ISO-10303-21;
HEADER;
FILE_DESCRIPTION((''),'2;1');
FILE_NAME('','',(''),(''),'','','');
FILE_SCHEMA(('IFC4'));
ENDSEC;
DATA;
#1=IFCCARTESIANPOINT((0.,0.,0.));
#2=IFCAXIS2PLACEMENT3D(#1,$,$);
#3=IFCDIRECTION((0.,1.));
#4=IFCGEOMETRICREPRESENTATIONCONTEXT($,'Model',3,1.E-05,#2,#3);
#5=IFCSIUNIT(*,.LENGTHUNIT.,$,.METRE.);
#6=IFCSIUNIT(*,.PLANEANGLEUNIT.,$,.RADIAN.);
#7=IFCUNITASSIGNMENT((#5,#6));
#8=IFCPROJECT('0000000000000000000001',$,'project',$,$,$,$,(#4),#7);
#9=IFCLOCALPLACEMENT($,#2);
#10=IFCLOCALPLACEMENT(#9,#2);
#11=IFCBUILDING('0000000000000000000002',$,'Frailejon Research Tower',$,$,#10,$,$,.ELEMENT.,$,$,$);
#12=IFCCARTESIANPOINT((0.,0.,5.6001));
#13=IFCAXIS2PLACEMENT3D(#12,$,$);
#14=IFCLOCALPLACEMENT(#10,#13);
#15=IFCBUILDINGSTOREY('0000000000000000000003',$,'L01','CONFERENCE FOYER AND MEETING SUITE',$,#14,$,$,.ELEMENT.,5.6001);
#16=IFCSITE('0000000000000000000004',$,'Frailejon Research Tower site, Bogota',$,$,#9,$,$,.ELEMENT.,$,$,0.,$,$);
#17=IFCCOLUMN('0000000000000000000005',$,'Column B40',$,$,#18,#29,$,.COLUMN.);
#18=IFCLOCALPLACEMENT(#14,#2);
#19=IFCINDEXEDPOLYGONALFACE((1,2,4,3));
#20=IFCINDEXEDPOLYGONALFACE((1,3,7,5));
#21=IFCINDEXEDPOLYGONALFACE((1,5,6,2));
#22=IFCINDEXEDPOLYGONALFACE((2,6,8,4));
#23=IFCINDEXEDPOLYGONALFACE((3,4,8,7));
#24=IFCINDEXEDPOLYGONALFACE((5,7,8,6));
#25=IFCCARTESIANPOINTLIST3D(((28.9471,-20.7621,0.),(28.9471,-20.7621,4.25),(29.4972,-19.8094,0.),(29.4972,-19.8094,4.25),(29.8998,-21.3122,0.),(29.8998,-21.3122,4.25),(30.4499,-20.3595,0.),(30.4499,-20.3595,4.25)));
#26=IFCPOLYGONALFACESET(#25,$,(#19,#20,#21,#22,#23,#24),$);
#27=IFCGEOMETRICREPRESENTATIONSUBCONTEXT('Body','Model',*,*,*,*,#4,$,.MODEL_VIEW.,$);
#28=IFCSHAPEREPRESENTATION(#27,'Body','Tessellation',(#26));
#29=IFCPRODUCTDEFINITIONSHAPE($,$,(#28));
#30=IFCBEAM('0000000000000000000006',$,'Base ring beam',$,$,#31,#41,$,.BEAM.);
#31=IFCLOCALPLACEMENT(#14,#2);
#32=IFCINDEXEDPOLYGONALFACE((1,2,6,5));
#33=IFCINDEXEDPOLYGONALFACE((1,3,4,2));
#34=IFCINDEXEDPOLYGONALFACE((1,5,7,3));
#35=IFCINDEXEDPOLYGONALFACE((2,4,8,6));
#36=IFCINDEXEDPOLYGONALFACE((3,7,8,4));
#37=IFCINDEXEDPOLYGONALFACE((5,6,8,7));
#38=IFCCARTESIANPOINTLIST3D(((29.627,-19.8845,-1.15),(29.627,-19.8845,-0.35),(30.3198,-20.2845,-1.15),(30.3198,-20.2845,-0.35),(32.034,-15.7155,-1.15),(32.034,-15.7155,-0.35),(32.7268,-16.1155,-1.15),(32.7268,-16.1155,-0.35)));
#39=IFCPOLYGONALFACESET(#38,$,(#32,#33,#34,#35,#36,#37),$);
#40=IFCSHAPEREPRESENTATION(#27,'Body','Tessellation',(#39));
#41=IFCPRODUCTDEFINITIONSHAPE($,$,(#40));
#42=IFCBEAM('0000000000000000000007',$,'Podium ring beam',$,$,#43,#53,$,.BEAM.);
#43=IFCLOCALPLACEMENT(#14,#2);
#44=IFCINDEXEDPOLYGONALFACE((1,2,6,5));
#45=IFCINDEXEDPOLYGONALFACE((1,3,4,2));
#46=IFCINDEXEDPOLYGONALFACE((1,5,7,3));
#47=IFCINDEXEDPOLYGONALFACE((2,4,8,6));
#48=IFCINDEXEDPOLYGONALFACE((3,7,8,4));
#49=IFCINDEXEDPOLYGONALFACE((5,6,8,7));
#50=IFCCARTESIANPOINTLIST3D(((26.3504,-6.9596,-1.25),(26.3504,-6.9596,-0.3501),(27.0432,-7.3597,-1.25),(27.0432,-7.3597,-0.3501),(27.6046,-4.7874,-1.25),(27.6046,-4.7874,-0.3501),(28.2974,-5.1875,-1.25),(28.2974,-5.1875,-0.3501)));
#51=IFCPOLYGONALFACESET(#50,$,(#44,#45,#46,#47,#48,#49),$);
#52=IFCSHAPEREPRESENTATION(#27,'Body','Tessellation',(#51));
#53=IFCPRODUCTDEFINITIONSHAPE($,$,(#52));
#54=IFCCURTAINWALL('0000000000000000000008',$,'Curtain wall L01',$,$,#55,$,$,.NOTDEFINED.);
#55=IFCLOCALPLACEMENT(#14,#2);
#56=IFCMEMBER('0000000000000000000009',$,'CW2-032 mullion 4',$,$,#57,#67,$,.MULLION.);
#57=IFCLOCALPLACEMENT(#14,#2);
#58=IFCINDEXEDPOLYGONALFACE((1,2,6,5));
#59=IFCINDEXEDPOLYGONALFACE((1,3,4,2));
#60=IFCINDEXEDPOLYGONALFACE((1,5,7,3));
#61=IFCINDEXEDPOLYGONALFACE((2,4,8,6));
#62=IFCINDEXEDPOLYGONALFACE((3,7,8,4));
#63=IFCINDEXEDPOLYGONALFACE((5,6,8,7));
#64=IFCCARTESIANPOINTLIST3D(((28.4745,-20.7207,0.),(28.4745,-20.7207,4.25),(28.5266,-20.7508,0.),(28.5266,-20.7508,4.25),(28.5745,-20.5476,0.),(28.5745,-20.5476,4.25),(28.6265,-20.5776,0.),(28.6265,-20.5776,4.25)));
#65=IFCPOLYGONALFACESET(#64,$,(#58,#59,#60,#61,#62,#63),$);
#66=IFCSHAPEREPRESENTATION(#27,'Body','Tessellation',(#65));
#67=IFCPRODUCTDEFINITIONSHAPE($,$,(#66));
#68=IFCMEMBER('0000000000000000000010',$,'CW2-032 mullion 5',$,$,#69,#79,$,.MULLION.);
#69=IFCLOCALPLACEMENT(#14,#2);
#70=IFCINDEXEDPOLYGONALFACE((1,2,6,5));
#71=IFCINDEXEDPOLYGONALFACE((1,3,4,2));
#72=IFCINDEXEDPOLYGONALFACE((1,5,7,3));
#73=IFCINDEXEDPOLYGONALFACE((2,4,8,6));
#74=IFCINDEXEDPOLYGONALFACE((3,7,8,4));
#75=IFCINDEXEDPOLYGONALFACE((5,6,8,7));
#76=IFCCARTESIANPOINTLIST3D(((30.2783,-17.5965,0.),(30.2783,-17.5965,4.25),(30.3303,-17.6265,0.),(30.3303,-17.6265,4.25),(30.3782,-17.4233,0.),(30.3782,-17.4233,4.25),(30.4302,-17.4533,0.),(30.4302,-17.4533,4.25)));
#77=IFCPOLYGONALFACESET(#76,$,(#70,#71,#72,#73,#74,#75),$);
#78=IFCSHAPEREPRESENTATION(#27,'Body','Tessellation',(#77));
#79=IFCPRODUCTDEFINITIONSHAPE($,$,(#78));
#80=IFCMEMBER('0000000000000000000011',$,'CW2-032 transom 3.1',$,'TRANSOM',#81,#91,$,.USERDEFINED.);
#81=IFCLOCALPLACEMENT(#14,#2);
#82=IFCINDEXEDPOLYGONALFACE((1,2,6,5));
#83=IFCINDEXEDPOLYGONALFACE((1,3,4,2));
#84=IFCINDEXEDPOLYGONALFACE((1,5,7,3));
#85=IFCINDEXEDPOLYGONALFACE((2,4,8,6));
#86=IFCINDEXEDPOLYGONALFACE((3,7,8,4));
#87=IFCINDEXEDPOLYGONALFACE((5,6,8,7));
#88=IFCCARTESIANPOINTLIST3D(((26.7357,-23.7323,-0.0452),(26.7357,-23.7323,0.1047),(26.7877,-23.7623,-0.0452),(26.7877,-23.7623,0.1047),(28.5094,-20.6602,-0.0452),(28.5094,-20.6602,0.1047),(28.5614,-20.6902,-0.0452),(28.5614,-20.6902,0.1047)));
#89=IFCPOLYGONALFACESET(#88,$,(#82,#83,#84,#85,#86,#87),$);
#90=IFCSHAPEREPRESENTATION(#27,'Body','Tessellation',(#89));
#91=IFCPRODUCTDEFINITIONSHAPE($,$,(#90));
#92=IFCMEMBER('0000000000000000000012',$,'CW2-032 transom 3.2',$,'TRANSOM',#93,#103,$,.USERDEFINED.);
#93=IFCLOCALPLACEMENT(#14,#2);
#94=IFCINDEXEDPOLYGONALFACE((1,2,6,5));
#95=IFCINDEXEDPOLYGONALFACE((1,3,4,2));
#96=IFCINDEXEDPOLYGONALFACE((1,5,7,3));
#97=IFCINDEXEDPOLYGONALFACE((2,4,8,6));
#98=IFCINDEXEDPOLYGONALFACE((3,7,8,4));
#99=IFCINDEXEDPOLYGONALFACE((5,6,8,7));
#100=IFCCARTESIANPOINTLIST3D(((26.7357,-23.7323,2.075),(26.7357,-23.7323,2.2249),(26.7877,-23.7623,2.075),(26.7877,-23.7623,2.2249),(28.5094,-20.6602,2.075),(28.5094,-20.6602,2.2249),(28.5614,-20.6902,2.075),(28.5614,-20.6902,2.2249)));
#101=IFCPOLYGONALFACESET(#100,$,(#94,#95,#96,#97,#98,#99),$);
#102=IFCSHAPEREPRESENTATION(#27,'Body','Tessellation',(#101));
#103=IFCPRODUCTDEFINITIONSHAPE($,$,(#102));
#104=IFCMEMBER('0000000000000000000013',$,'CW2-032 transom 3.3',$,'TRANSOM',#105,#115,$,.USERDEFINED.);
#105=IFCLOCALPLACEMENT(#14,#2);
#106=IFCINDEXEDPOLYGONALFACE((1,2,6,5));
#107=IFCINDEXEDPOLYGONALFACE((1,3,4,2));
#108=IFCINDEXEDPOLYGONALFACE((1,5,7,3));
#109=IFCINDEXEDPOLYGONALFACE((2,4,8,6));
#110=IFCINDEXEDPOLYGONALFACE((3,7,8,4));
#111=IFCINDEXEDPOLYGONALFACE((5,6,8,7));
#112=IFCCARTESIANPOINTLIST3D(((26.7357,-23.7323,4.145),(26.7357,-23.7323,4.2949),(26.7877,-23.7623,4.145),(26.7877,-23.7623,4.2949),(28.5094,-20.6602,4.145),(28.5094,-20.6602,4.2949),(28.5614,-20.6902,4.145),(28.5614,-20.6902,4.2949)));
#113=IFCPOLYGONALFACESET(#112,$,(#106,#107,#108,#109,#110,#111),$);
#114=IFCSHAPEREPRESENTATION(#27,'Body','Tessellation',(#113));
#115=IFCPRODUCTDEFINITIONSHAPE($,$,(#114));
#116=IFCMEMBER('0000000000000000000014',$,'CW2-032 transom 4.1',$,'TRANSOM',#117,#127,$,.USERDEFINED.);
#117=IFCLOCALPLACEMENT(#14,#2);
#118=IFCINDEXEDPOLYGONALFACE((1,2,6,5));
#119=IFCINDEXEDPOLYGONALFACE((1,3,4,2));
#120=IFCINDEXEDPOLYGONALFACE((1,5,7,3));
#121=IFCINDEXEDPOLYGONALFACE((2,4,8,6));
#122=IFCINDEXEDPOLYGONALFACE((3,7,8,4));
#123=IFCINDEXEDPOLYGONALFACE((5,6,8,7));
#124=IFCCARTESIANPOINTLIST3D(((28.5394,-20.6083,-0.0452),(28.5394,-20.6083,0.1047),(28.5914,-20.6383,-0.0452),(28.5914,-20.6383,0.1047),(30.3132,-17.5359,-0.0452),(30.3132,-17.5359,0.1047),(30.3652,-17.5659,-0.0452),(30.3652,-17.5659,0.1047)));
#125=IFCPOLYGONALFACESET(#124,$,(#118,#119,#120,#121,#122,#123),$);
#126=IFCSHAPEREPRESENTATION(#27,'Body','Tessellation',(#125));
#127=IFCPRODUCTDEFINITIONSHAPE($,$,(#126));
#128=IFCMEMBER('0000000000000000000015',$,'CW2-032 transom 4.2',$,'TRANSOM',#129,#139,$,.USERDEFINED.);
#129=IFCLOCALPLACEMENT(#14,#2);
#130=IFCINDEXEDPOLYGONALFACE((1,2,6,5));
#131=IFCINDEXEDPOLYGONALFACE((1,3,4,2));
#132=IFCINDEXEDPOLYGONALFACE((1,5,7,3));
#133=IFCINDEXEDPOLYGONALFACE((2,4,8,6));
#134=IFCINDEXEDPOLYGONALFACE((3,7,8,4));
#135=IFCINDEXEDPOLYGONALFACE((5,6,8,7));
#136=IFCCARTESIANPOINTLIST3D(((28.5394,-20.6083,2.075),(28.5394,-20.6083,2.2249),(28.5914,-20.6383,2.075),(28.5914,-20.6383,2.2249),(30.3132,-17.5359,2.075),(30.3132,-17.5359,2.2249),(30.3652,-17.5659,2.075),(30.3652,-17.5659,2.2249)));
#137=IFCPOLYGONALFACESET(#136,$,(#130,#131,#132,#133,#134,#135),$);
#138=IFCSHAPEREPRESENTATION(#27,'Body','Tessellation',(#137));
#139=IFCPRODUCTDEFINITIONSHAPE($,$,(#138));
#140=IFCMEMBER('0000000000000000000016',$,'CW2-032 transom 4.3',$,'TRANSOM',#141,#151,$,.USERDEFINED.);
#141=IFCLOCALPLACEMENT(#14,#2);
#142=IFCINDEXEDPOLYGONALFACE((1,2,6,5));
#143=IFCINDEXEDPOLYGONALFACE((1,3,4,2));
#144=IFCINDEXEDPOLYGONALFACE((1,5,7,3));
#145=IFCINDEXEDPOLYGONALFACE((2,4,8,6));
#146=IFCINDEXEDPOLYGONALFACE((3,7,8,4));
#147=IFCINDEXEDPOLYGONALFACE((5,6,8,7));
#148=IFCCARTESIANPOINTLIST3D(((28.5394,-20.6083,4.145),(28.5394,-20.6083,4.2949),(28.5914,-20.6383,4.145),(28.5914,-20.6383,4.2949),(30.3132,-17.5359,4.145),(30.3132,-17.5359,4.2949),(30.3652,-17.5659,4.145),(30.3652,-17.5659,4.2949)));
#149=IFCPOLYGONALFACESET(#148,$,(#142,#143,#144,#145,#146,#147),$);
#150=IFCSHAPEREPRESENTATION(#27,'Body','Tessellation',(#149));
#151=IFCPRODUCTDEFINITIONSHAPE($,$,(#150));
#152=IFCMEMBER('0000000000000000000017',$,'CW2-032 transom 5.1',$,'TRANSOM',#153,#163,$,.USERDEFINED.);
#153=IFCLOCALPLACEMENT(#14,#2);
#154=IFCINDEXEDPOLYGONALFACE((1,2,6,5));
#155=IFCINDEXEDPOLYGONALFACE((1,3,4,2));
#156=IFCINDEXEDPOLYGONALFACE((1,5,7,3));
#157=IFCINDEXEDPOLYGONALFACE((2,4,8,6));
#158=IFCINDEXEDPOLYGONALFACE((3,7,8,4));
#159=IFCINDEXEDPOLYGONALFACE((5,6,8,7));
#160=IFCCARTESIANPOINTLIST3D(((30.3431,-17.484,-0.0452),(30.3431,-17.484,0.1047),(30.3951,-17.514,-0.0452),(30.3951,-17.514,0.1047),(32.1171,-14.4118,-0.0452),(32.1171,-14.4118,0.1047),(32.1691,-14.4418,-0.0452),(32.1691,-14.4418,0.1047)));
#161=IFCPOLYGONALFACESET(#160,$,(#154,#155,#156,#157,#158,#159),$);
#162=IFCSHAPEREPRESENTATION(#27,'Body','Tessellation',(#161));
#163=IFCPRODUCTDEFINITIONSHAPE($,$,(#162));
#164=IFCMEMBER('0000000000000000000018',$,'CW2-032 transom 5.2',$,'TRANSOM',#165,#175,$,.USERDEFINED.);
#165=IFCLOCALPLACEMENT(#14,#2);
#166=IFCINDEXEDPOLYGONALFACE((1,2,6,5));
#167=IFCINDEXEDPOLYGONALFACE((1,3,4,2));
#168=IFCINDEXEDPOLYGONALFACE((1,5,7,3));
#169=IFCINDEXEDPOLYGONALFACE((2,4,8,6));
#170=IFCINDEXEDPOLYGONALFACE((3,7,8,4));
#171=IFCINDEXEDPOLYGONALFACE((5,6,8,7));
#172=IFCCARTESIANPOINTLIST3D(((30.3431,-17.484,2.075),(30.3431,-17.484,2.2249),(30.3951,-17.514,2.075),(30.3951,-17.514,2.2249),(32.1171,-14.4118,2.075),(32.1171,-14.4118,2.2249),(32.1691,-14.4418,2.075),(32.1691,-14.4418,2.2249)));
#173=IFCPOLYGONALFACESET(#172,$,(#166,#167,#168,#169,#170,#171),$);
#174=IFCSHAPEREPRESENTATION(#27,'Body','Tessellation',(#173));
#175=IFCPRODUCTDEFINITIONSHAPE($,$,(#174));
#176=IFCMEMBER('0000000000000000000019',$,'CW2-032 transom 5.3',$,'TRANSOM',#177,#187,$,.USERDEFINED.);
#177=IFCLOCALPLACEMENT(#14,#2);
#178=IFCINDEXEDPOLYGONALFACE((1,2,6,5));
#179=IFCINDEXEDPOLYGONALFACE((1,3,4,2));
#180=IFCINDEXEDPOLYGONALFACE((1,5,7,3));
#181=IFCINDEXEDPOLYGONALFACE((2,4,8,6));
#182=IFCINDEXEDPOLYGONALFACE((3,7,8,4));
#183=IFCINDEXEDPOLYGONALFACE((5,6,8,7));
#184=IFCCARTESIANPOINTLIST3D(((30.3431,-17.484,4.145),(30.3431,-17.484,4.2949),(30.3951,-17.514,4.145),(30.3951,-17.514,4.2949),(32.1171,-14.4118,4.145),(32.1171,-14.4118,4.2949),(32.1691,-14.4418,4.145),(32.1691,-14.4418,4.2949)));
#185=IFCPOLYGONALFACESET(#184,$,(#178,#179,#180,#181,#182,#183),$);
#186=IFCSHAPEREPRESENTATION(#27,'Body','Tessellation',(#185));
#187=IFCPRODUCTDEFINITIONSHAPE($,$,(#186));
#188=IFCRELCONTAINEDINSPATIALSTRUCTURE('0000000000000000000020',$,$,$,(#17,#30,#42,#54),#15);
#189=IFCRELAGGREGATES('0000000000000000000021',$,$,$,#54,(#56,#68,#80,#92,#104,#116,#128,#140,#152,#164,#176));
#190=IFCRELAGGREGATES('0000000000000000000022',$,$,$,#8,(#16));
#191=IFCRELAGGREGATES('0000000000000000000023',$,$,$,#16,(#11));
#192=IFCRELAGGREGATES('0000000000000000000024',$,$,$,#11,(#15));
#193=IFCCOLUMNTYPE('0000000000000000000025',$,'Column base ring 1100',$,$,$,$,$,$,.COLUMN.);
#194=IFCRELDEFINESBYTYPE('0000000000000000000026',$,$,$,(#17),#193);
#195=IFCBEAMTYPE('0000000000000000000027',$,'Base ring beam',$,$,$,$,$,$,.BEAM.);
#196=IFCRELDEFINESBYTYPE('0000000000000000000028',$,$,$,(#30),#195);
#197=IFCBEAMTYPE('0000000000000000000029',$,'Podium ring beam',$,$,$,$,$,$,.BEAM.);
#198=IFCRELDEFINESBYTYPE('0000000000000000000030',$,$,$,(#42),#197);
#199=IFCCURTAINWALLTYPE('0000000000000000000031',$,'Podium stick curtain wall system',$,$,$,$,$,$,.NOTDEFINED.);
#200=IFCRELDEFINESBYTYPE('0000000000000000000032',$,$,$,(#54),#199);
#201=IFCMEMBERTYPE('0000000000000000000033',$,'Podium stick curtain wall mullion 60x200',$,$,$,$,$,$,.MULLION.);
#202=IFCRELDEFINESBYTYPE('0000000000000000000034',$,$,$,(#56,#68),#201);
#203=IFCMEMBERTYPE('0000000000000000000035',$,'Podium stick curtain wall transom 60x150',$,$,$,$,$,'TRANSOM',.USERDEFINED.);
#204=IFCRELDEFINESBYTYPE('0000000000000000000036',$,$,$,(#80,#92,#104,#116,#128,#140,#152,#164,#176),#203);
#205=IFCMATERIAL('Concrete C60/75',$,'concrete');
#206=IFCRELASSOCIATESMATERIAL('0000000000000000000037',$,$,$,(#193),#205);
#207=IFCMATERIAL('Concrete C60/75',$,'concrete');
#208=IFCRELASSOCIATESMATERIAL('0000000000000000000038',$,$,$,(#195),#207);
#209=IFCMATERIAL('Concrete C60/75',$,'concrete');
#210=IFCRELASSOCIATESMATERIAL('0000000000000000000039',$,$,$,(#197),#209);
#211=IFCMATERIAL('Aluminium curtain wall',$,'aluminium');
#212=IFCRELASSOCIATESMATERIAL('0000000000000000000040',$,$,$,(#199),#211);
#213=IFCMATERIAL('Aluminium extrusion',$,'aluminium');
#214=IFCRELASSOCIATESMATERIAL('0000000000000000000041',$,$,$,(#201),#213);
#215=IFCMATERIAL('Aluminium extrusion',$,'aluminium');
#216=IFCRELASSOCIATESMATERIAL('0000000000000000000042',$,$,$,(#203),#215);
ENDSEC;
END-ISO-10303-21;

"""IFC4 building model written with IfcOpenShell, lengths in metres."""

from ifc_helpers import new_model, si_unit, direction, frame, origin, origin_2d, place, context, subcontext, project, spatial, rectangle, extrude, material, material_profile, profile_set, type_object, element, aggregate, save


model = new_model("IFC4")

# Units and contexts
model_context = context("Model", 3, precision=1e-05, world=origin(), true_north=direction((0.0, 1.0)))
body_context = subcontext(model_context, "Body", "Model", "MODEL_VIEW")
ifc_project = project(units=[si_unit("LENGTHUNIT", "METRE"), si_unit("PLANEANGLEUNIT", "RADIAN")], contexts=[model_context])

# Site, building, storey
site_placement = place(None, origin())
site = spatial("IfcSite", under=ifc_project, at=site_placement, Name="Frailejon Research Tower site, Bogota", CompositionType="ELEMENT", RefElevation=0.0)
building_placement = place(site_placement, origin())
building = spatial("IfcBuilding", under=site, at=building_placement, Name="Frailejon Research Tower", CompositionType="ELEMENT")
storey_placement = place(building_placement, frame((0.0, 0.0, 5.6001)))
storey = spatial("IfcBuildingStorey", under=building, at=storey_placement, Name="L01", Description="CONFERENCE FOYER AND MEETING SUITE", CompositionType="ELEMENT", Elevation=5.6001)

# Column
ifc_material_1 = material(Name="Concrete C60/75", Category="concrete")
ifc_material_profile_1 = material_profile(ifc_material_1, rectangle(XDim=1.1001, YDim=1.1001, at=origin_2d()), Name="Column base ring 1100")
ifc_profile_set_1 = profile_set([ifc_material_profile_1], Name="Concrete C60/75")
column_type = type_object("IfcColumnType", Name="Column base ring 1100", PredefinedType="COLUMN", material=ifc_profile_set_1)
column_placement = place(storey_placement, frame((29.6985, -20.5608, 0.0), z_axis=(0.0, 0.0, 1.0), x_axis=(0.5, 0.866025, 0.0)))
element("IfcColumn", 1, at=column_placement, inside=storey, type_object=column_type, Name="Column B40", PredefinedType="COLUMN", context=body_context, shape_type="SweptSolid", body=[
    extrude(rectangle(XDim=1.1001, YDim=1.1001, at=origin_2d()), origin(), (0.0, 0.0, 1.0), 4.25),
])

# Beams
ifc_material_2 = material(Name="Concrete C60/75", Category="concrete")
ifc_material_profile_2 = material_profile(ifc_material_2, rectangle(XDim=0.8, YDim=0.8, at=origin_2d()), Name="Base ring beam")
ifc_profile_set_2 = profile_set([ifc_material_profile_2], Name="Concrete C60/75")
beam_type_1 = type_object("IfcBeamType", Name="Base ring beam", PredefinedType="BEAM", material=ifc_profile_set_2)
beam_1_placement = place(storey_placement, frame((29.9734, -20.0845, -0.75), z_axis=(0.500006, 0.866022, 0.0), x_axis=(-0.866022, 0.500006, 0.0)))
element("IfcBeam", 2, at=beam_1_placement, inside=storey, type_object=beam_type_1, Name="Base ring beam", PredefinedType="BEAM", context=body_context, shape_type="SweptSolid", body=[
    extrude(rectangle(XDim=0.8, YDim=0.8, at=origin_2d()), origin(), (0.0, 0.0, 1.0), 4.814),
])
ifc_material_3 = material(Name="Concrete C60/75", Category="concrete")
ifc_material_profile_3 = material_profile(ifc_material_3, rectangle(XDim=0.8, YDim=0.8999, at=origin_2d()), Name="Podium ring beam")
ifc_profile_set_3 = profile_set([ifc_material_profile_3], Name="Concrete C60/75")
beam_type_2 = type_object("IfcBeamType", Name="Podium ring beam", PredefinedType="BEAM", material=ifc_profile_set_3)
beam_2_placement = place(storey_placement, frame((26.6968, -7.1597, -0.8), z_axis=(0.500023, 0.866012, 0.0), x_axis=(-0.866012, 0.500023, 0.0)))
element("IfcBeam", 3, at=beam_2_placement, inside=storey, type_object=beam_type_2, Name="Podium ring beam", PredefinedType="BEAM", context=body_context, shape_type="SweptSolid", body=[
    extrude(rectangle(XDim=0.8, YDim=0.8999, at=origin_2d()), origin(), (0.0, 0.0, 1.0), 2.5083),
])

# Curtain wall, members
ifc_material_4 = material(Name="Aluminium curtain wall", Category="aluminium")
curtain_wall_type = type_object("IfcCurtainWallType", Name="Podium stick curtain wall system", PredefinedType="NOTDEFINED", material=ifc_material_4)
curtain_wall_placement = place(storey_placement, origin())
curtain_wall = element("IfcCurtainWall", 4, at=curtain_wall_placement, inside=storey, type_object=curtain_wall_type, Name="Curtain wall L01", PredefinedType="NOTDEFINED")
ifc_material_5 = material(Name="Aluminium extrusion", Category="aluminium")
ifc_material_profile_4 = material_profile(ifc_material_5, rectangle(XDim=0.0601, YDim=0.2, at=origin_2d()), Name="Podium stick curtain wall mullion 60x200")
ifc_profile_set_4 = profile_set([ifc_material_profile_4], Name="Aluminium extrusion")
member_type_1 = type_object("IfcMemberType", Name="Podium stick curtain wall mullion 60x200", PredefinedType="MULLION", material=ifc_profile_set_4)
member_1_placement = place(storey_placement, frame((28.5505, -20.6492, 0.0), z_axis=(0.0, 0.0, 1.0), x_axis=(-0.866026, 0.499998, 0.0)))
member_1 = element("IfcMember", 5, at=member_1_placement, type_object=member_type_1, Name="CW2-032 mullion 4", PredefinedType="MULLION", context=body_context, shape_type="SweptSolid", body=[
    extrude(rectangle(XDim=0.0601, YDim=0.2, at=origin_2d()), origin(), (0.0, 0.0, 1.0), 4.25),
])
member_2_placement = place(storey_placement, frame((30.3542, -17.5249, 0.0), z_axis=(0.0, 0.0, 1.0), x_axis=(-0.866026, 0.499998, 0.0)))
member_2 = element("IfcMember", 6, at=member_2_placement, type_object=member_type_1, Name="CW2-032 mullion 5", PredefinedType="MULLION", context=body_context, shape_type="SweptSolid", body=[
    extrude(rectangle(XDim=0.0601, YDim=0.2, at=origin_2d()), origin(), (0.0, 0.0, 1.0), 4.25),
])
ifc_material_6 = material(Name="Aluminium extrusion", Category="aluminium")
ifc_material_profile_5 = material_profile(ifc_material_6, rectangle(XDim=0.0601, YDim=0.1499, at=origin_2d()), Name="Podium stick curtain wall transom 60x150")
ifc_profile_set_5 = profile_set([ifc_material_profile_5], Name="Aluminium extrusion")
member_type_2 = type_object("IfcMemberType", Name="Podium stick curtain wall transom 60x150", ElementType="TRANSOM", PredefinedType="USERDEFINED", material=ifc_profile_set_5)
member_3_placement = place(storey_placement, frame((26.7617, -23.7473, 0.0298), z_axis=(0.50001, 0.866019, 0.0), x_axis=(-0.866019, 0.50001, 0.0)))
member_3 = element("IfcMember", 7, at=member_3_placement, type_object=member_type_2, Name="CW2-032 transom 3.1", ObjectType="TRANSOM", PredefinedType="USERDEFINED", context=body_context, shape_type="SweptSolid", body=[
    extrude(rectangle(XDim=0.0601, YDim=0.1499, at=origin_2d()), origin(), (0.0, 0.0, 1.0), 3.5474),
])
member_4_placement = place(storey_placement, frame((26.7617, -23.7473, 2.1499), z_axis=(0.50001, 0.866019, 0.0), x_axis=(-0.866019, 0.50001, 0.0)))
member_4 = element("IfcMember", 8, at=member_4_placement, type_object=member_type_2, Name="CW2-032 transom 3.2", ObjectType="TRANSOM", PredefinedType="USERDEFINED", context=body_context, shape_type="SweptSolid", body=[
    extrude(rectangle(XDim=0.0601, YDim=0.1499, at=origin_2d()), origin(), (0.0, 0.0, 1.0), 3.5474),
])
member_5_placement = place(storey_placement, frame((26.7617, -23.7473, 4.22), z_axis=(0.50001, 0.866019, 0.0), x_axis=(-0.866019, 0.50001, 0.0)))
member_5 = element("IfcMember", 9, at=member_5_placement, type_object=member_type_2, Name="CW2-032 transom 3.3", ObjectType="TRANSOM", PredefinedType="USERDEFINED", context=body_context, shape_type="SweptSolid", body=[
    extrude(rectangle(XDim=0.0601, YDim=0.1499, at=origin_2d()), origin(), (0.0, 0.0, 1.0), 3.5474),
])
member_6_placement = place(storey_placement, frame((28.5654, -20.6233, 0.0298), z_axis=(0.499981, 0.866037, 0.0), x_axis=(-0.866037, 0.499981, 0.0)))
member_6 = element("IfcMember", 10, at=member_6_placement, type_object=member_type_2, Name="CW2-032 transom 4.1", ObjectType="TRANSOM", PredefinedType="USERDEFINED", context=body_context, shape_type="SweptSolid", body=[
    extrude(rectangle(XDim=0.0601, YDim=0.1499, at=origin_2d()), origin(), (0.0, 0.0, 1.0), 3.5476),
])
member_7_placement = place(storey_placement, frame((28.5654, -20.6233, 2.1499), z_axis=(0.499981, 0.866037, 0.0), x_axis=(-0.866037, 0.499981, 0.0)))
member_7 = element("IfcMember", 11, at=member_7_placement, type_object=member_type_2, Name="CW2-032 transom 4.2", ObjectType="TRANSOM", PredefinedType="USERDEFINED", context=body_context, shape_type="SweptSolid", body=[
    extrude(rectangle(XDim=0.0601, YDim=0.1499, at=origin_2d()), origin(), (0.0, 0.0, 1.0), 3.5476),
])
member_8_placement = place(storey_placement, frame((28.5654, -20.6233, 4.22), z_axis=(0.499981, 0.866037, 0.0), x_axis=(-0.866037, 0.499981, 0.0)))
member_8 = element("IfcMember", 12, at=member_8_placement, type_object=member_type_2, Name="CW2-032 transom 4.3", ObjectType="TRANSOM", PredefinedType="USERDEFINED", context=body_context, shape_type="SweptSolid", body=[
    extrude(rectangle(XDim=0.0601, YDim=0.1499, at=origin_2d()), origin(), (0.0, 0.0, 1.0), 3.5476),
])
member_9_placement = place(storey_placement, frame((30.3691, -17.499, 0.0298), z_axis=(0.500032, 0.866007, 0.0), x_axis=(-0.866007, 0.500032, 0.0)))
member_9 = element("IfcMember", 13, at=member_9_placement, type_object=member_type_2, Name="CW2-032 transom 5.1", ObjectType="TRANSOM", PredefinedType="USERDEFINED", context=body_context, shape_type="SweptSolid", body=[
    extrude(rectangle(XDim=0.0601, YDim=0.1499, at=origin_2d()), origin(), (0.0, 0.0, 1.0), 3.5476),
])
member_10_placement = place(storey_placement, frame((30.3691, -17.499, 2.1499), z_axis=(0.500032, 0.866007, 0.0), x_axis=(-0.866007, 0.500032, 0.0)))
member_10 = element("IfcMember", 14, at=member_10_placement, type_object=member_type_2, Name="CW2-032 transom 5.2", ObjectType="TRANSOM", PredefinedType="USERDEFINED", context=body_context, shape_type="SweptSolid", body=[
    extrude(rectangle(XDim=0.0601, YDim=0.1499, at=origin_2d()), origin(), (0.0, 0.0, 1.0), 3.5476),
])
member_11_placement = place(storey_placement, frame((30.3691, -17.499, 4.22), z_axis=(0.500032, 0.866007, 0.0), x_axis=(-0.866007, 0.500032, 0.0)))
member_11 = element("IfcMember", 15, at=member_11_placement, type_object=member_type_2, Name="CW2-032 transom 5.3", ObjectType="TRANSOM", PredefinedType="USERDEFINED", context=body_context, shape_type="SweptSolid", body=[
    extrude(rectangle(XDim=0.0601, YDim=0.1499, at=origin_2d()), origin(), (0.0, 0.0, 1.0), 3.5476),
])
aggregate(curtain_wall, [member_1, member_2, member_3, member_4, member_5, member_6, member_7, member_8, member_9, member_10, member_11])

save(model, "model.ifc")
